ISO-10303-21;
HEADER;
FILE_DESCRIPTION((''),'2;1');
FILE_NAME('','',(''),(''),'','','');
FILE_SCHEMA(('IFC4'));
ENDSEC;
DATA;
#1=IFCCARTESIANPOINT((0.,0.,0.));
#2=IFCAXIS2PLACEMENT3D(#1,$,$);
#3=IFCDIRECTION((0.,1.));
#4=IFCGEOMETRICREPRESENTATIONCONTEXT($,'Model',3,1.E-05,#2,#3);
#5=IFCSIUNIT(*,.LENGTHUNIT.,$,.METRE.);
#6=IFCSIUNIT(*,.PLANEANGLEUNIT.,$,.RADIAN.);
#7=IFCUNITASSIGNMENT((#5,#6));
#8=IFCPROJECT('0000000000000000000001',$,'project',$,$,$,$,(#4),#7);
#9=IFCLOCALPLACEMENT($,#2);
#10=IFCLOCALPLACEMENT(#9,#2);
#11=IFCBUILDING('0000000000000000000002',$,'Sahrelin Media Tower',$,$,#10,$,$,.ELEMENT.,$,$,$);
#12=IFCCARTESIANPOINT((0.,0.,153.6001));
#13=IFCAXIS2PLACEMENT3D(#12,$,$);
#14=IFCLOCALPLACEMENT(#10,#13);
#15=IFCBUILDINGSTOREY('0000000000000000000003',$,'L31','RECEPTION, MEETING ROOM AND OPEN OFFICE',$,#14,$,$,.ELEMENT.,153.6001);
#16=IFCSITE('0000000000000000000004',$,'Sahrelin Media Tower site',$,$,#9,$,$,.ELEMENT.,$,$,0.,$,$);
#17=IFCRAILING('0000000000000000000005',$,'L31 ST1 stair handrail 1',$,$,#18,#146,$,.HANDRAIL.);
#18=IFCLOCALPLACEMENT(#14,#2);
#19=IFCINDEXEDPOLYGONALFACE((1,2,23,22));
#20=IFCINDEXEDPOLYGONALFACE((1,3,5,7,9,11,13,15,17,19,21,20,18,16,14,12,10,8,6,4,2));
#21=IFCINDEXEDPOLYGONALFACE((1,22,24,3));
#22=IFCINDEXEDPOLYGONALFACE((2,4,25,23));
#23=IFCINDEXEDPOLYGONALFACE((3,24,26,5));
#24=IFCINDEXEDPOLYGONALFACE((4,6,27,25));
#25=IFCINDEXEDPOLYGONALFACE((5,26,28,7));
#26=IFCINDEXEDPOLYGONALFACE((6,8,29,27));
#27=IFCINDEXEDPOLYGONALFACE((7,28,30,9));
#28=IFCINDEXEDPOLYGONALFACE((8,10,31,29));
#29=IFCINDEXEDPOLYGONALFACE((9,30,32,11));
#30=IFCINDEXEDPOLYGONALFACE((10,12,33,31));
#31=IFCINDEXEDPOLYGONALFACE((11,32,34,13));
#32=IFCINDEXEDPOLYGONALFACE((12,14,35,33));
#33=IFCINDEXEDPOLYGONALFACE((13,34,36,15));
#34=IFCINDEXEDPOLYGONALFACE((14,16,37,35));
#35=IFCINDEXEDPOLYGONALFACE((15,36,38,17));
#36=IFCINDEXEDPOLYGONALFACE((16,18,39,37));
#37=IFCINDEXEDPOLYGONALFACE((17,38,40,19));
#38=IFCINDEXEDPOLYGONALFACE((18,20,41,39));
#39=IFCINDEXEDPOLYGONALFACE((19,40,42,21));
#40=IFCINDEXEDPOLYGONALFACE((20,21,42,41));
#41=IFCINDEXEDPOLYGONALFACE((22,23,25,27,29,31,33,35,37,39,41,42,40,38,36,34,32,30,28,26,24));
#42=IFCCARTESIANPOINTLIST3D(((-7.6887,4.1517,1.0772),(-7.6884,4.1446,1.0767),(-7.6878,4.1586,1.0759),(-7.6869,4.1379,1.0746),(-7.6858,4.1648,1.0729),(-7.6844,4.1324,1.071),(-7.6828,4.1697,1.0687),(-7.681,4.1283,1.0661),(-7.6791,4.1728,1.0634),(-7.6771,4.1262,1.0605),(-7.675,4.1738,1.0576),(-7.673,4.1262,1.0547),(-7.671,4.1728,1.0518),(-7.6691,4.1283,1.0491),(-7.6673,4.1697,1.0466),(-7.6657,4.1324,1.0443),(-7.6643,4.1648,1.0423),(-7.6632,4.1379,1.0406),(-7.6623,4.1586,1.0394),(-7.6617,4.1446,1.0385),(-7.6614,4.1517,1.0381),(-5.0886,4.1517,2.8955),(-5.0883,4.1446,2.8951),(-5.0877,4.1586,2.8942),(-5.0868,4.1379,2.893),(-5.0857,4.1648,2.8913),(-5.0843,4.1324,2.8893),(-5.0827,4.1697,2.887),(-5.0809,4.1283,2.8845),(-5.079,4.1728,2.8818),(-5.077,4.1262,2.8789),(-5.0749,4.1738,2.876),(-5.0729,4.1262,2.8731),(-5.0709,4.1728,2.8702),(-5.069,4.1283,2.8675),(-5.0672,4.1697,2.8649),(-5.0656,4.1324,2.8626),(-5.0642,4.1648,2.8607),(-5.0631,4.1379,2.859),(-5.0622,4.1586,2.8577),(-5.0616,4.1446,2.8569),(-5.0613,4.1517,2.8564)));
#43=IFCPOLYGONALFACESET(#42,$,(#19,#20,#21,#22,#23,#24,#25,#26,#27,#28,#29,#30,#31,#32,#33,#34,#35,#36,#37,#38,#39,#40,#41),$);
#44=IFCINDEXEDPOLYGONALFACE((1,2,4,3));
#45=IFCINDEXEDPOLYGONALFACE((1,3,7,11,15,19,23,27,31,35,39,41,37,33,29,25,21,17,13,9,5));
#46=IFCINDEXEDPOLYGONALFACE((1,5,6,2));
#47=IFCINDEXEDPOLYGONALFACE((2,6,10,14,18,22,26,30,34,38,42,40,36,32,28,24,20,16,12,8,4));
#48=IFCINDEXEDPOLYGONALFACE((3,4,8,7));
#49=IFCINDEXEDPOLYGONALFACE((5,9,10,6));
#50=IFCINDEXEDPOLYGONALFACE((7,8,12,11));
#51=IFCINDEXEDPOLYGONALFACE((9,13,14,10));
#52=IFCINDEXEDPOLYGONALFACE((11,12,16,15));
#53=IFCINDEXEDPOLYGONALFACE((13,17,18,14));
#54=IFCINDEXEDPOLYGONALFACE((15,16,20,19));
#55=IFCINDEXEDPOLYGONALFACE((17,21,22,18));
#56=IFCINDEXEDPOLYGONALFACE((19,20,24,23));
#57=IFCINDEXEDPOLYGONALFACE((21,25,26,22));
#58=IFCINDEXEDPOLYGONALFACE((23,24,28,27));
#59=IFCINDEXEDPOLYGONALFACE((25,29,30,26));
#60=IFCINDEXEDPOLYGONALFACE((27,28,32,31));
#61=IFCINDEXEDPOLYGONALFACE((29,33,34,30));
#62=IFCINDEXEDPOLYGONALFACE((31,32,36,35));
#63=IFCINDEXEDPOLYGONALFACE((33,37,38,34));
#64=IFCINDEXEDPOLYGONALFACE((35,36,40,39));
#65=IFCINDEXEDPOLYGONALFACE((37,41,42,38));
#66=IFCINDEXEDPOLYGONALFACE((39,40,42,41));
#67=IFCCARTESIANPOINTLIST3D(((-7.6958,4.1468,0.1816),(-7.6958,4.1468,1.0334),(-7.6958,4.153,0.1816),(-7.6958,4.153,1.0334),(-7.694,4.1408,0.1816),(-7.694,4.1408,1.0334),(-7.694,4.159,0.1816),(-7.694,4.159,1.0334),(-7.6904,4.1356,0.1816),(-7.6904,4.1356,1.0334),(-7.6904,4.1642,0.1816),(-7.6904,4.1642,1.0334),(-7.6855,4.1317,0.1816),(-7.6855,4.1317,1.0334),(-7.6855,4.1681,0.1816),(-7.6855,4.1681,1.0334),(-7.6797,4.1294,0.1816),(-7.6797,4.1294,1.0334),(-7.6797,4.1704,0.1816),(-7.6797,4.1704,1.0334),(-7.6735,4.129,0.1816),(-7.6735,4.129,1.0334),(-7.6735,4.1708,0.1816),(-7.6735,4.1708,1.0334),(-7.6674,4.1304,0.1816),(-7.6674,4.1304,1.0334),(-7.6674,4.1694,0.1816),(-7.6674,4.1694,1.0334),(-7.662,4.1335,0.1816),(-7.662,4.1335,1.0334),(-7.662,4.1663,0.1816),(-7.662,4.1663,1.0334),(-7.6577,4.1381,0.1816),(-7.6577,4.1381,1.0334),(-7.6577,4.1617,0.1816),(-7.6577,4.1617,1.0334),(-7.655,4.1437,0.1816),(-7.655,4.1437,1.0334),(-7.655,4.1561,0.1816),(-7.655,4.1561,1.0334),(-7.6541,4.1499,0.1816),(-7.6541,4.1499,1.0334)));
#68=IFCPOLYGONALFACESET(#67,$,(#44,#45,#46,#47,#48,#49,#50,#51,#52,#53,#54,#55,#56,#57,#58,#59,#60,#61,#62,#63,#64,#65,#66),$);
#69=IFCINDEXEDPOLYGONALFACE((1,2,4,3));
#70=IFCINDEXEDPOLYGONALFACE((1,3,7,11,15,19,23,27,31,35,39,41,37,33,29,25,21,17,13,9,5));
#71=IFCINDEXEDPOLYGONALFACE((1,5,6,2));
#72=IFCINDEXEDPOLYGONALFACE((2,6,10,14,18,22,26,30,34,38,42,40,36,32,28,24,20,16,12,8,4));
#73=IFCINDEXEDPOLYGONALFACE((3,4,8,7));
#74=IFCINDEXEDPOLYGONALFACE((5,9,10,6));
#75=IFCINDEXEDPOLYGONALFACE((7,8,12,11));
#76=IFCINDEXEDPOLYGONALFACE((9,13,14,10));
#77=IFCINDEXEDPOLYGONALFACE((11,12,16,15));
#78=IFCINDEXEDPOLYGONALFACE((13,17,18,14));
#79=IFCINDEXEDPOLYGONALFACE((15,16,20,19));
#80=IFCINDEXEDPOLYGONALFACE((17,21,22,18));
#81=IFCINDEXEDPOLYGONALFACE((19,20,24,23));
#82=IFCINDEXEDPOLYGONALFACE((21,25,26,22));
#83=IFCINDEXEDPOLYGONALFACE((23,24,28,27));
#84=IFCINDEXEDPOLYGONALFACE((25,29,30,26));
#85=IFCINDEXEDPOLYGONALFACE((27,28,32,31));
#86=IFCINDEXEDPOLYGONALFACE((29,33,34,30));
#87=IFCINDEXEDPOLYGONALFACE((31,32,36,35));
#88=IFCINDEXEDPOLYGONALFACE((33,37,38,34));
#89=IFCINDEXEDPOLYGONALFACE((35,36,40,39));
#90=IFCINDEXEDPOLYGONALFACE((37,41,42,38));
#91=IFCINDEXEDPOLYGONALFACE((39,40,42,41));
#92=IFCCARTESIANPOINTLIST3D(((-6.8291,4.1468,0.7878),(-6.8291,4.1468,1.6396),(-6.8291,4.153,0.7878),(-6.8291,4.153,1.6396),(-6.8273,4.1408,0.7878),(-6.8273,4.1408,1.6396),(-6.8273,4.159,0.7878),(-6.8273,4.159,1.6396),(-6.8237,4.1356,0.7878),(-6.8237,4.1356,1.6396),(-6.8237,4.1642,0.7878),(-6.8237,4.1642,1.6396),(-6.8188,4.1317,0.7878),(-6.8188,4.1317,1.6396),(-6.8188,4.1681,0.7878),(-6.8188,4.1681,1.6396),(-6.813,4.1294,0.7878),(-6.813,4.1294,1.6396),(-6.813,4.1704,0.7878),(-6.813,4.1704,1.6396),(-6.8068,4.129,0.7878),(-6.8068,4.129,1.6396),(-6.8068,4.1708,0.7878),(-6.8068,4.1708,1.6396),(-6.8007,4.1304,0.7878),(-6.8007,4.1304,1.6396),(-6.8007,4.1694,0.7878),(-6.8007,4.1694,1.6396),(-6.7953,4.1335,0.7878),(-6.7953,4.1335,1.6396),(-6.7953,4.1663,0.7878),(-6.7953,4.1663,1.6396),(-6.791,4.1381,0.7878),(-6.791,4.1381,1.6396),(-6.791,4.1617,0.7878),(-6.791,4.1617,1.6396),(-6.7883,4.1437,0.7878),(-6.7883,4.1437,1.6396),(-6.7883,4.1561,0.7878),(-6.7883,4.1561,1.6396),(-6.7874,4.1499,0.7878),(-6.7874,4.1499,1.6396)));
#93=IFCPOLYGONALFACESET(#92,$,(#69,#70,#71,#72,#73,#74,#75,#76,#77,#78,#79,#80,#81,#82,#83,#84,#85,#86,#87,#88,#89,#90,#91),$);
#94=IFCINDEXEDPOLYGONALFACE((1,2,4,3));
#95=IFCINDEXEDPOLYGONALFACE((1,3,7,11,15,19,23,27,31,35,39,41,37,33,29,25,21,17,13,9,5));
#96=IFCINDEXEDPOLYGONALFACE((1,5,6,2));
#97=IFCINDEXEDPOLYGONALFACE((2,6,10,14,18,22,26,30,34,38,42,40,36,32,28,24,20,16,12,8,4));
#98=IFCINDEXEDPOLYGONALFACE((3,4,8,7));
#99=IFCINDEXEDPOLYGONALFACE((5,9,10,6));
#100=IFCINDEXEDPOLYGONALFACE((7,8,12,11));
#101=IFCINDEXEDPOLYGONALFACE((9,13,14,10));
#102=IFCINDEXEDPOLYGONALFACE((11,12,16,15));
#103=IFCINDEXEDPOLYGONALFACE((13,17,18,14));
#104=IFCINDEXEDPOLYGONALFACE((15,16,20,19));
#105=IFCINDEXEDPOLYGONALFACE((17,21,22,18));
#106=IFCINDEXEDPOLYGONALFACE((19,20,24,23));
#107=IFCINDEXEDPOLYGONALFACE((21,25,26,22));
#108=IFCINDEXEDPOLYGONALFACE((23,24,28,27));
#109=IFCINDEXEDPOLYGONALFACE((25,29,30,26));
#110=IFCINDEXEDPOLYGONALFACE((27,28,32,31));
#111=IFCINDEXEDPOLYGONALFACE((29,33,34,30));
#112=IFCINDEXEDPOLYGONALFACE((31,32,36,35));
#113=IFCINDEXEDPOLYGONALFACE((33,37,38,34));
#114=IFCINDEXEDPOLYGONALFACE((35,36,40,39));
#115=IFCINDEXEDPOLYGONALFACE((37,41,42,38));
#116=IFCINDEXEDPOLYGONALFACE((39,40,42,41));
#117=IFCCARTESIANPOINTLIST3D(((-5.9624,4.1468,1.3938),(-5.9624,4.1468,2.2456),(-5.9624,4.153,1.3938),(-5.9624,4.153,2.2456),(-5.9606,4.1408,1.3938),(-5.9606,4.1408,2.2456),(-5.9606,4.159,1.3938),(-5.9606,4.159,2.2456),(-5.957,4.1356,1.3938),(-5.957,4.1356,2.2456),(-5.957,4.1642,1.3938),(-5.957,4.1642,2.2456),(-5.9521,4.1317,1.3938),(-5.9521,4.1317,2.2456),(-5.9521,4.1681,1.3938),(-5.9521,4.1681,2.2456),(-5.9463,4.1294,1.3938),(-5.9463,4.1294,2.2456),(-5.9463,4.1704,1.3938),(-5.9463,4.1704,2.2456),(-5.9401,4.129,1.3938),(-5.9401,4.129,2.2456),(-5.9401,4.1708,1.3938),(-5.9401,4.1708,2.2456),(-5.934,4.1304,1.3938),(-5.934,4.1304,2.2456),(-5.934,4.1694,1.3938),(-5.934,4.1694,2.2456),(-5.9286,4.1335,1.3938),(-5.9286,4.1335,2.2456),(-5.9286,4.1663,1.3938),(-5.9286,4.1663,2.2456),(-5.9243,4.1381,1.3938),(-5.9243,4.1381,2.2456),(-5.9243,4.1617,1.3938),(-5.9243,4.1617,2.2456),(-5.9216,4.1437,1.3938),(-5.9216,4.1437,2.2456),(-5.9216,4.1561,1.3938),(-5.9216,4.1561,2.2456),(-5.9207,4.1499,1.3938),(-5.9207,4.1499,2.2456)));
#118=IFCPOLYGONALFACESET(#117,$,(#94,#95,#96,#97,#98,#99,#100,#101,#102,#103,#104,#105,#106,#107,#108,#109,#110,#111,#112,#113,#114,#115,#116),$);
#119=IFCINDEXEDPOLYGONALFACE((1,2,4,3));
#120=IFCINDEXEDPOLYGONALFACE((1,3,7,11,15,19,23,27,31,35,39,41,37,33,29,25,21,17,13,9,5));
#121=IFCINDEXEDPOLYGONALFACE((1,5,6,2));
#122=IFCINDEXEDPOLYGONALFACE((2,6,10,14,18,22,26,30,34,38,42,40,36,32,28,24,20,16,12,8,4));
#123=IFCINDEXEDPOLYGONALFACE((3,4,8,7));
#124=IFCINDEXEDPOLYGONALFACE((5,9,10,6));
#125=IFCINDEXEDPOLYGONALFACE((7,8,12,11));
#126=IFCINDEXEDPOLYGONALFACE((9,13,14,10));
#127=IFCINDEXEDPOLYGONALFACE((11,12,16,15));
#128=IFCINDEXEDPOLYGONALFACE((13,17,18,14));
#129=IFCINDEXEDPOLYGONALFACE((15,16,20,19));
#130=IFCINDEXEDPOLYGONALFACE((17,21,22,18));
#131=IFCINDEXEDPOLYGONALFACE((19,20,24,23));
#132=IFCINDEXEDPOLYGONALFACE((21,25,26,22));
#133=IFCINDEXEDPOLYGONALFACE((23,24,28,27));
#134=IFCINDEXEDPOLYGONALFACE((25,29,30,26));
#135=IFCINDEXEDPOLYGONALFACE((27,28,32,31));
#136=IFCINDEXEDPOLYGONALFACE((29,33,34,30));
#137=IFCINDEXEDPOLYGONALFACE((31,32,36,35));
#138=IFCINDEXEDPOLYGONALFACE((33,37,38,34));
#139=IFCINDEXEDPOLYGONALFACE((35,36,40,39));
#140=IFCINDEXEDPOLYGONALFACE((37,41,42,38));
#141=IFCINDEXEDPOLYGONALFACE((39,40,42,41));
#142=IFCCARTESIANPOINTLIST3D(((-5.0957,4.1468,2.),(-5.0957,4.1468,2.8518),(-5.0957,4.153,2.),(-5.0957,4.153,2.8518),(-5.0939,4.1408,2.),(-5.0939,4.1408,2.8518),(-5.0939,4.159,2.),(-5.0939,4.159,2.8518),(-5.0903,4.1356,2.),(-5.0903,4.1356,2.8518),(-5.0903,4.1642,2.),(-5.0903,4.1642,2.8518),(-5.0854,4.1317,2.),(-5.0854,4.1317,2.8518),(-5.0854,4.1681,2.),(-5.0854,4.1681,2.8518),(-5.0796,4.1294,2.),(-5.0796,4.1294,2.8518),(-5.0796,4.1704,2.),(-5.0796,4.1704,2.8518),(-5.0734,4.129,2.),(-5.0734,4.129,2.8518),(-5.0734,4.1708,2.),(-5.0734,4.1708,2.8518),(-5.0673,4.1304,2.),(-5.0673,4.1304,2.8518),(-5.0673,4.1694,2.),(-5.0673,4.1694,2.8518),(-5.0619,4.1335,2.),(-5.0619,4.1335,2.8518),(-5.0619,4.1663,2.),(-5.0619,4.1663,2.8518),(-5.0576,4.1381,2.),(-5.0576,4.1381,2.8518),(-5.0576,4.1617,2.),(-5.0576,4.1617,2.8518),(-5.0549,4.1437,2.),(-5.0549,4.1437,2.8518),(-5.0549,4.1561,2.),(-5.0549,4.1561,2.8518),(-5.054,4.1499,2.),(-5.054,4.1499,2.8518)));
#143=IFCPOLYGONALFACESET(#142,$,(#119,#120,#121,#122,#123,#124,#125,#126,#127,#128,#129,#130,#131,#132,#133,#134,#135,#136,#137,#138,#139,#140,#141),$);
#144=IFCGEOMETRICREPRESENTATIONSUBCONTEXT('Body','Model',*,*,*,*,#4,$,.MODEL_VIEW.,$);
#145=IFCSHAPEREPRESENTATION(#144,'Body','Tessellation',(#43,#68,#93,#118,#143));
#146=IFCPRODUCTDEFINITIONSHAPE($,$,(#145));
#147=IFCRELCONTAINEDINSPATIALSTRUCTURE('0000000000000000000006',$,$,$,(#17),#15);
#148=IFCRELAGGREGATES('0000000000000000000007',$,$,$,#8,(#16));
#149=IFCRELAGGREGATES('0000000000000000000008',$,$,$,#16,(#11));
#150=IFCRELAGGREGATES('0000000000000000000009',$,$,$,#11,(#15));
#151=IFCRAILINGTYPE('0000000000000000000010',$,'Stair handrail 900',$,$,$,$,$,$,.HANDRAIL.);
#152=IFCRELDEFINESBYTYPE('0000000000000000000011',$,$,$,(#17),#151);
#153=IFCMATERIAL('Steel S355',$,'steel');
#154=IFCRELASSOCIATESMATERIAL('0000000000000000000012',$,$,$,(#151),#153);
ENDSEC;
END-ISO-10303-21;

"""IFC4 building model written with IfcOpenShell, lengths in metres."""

from ifc_helpers import new_model, si_unit, direction, frame, origin, origin_2d, place, context, subcontext, project, spatial, circle, extrude, material, type_object, element, save


model = new_model("IFC4")

# Units and contexts
model_context = context("Model", 3, precision=1e-05, world=origin(), true_north=direction((0.0, 1.0)))
body_context = subcontext(model_context, "Body", "Model", "MODEL_VIEW")
ifc_project = project(units=[si_unit("LENGTHUNIT", "METRE"), si_unit("PLANEANGLEUNIT", "RADIAN")], contexts=[model_context])

# Site, building, storey
site_placement = place(None, origin())
site = spatial("IfcSite", under=ifc_project, at=site_placement, Name="Sahrelin Media Tower site", CompositionType="ELEMENT", RefElevation=0.0)
building_placement = place(site_placement, origin())
building = spatial("IfcBuilding", under=site, at=building_placement, Name="Sahrelin Media Tower", CompositionType="ELEMENT")
storey_placement = place(building_placement, frame((0.0, 0.0, 153.6001)))
storey = spatial("IfcBuildingStorey", under=building, at=storey_placement, Name="L31", Description="RECEPTION, MEETING ROOM AND OPEN OFFICE", CompositionType="ELEMENT", Elevation=153.6001)

# Shared definitions
ifc_material_1 = material(Name="Steel S355", Category="steel")

# Railing
railing_type_1 = type_object("IfcRailingType", Name="Stair handrail 900", PredefinedType="HANDRAIL", material=ifc_material_1)
railing_1_placement = place(storey_placement, frame((-7.675, 4.1499, 0.1816)))
element("IfcRailing", 1, at=railing_1_placement, inside=storey, type_object=railing_type_1, Name="L31 ST1 stair handrail 1", PredefinedType="HANDRAIL", context=body_context, shape_type="SweptSolid", body=[
    extrude(circle(Radius=0.0239, at=origin_2d()), frame((0.0, 0.0, 0.876), z_axis=(0.819485, 0.0, 0.573101), x_axis=(0.0, 1.0, 0.0)), (0.0, 0.0, 1.0), 3.1729),
    extrude(circle(Radius=0.021, at=origin_2d()), origin(), (0.0, 0.0, 1.0), 0.8518),
    extrude(circle(Radius=0.021, at=origin_2d()), frame((0.8667, 0.0, 0.6062)), (0.0, 0.0, 1.0), 0.8518),
    extrude(circle(Radius=0.021, at=origin_2d()), frame((1.7334, 0.0, 1.2122)), (0.0, 0.0, 1.0), 0.8518),
    extrude(circle(Radius=0.021, at=origin_2d()), frame((2.6001, 0.0, 1.8184)), (0.0, 0.0, 1.0), 0.8518),
])

save(model, "model.ifc")
